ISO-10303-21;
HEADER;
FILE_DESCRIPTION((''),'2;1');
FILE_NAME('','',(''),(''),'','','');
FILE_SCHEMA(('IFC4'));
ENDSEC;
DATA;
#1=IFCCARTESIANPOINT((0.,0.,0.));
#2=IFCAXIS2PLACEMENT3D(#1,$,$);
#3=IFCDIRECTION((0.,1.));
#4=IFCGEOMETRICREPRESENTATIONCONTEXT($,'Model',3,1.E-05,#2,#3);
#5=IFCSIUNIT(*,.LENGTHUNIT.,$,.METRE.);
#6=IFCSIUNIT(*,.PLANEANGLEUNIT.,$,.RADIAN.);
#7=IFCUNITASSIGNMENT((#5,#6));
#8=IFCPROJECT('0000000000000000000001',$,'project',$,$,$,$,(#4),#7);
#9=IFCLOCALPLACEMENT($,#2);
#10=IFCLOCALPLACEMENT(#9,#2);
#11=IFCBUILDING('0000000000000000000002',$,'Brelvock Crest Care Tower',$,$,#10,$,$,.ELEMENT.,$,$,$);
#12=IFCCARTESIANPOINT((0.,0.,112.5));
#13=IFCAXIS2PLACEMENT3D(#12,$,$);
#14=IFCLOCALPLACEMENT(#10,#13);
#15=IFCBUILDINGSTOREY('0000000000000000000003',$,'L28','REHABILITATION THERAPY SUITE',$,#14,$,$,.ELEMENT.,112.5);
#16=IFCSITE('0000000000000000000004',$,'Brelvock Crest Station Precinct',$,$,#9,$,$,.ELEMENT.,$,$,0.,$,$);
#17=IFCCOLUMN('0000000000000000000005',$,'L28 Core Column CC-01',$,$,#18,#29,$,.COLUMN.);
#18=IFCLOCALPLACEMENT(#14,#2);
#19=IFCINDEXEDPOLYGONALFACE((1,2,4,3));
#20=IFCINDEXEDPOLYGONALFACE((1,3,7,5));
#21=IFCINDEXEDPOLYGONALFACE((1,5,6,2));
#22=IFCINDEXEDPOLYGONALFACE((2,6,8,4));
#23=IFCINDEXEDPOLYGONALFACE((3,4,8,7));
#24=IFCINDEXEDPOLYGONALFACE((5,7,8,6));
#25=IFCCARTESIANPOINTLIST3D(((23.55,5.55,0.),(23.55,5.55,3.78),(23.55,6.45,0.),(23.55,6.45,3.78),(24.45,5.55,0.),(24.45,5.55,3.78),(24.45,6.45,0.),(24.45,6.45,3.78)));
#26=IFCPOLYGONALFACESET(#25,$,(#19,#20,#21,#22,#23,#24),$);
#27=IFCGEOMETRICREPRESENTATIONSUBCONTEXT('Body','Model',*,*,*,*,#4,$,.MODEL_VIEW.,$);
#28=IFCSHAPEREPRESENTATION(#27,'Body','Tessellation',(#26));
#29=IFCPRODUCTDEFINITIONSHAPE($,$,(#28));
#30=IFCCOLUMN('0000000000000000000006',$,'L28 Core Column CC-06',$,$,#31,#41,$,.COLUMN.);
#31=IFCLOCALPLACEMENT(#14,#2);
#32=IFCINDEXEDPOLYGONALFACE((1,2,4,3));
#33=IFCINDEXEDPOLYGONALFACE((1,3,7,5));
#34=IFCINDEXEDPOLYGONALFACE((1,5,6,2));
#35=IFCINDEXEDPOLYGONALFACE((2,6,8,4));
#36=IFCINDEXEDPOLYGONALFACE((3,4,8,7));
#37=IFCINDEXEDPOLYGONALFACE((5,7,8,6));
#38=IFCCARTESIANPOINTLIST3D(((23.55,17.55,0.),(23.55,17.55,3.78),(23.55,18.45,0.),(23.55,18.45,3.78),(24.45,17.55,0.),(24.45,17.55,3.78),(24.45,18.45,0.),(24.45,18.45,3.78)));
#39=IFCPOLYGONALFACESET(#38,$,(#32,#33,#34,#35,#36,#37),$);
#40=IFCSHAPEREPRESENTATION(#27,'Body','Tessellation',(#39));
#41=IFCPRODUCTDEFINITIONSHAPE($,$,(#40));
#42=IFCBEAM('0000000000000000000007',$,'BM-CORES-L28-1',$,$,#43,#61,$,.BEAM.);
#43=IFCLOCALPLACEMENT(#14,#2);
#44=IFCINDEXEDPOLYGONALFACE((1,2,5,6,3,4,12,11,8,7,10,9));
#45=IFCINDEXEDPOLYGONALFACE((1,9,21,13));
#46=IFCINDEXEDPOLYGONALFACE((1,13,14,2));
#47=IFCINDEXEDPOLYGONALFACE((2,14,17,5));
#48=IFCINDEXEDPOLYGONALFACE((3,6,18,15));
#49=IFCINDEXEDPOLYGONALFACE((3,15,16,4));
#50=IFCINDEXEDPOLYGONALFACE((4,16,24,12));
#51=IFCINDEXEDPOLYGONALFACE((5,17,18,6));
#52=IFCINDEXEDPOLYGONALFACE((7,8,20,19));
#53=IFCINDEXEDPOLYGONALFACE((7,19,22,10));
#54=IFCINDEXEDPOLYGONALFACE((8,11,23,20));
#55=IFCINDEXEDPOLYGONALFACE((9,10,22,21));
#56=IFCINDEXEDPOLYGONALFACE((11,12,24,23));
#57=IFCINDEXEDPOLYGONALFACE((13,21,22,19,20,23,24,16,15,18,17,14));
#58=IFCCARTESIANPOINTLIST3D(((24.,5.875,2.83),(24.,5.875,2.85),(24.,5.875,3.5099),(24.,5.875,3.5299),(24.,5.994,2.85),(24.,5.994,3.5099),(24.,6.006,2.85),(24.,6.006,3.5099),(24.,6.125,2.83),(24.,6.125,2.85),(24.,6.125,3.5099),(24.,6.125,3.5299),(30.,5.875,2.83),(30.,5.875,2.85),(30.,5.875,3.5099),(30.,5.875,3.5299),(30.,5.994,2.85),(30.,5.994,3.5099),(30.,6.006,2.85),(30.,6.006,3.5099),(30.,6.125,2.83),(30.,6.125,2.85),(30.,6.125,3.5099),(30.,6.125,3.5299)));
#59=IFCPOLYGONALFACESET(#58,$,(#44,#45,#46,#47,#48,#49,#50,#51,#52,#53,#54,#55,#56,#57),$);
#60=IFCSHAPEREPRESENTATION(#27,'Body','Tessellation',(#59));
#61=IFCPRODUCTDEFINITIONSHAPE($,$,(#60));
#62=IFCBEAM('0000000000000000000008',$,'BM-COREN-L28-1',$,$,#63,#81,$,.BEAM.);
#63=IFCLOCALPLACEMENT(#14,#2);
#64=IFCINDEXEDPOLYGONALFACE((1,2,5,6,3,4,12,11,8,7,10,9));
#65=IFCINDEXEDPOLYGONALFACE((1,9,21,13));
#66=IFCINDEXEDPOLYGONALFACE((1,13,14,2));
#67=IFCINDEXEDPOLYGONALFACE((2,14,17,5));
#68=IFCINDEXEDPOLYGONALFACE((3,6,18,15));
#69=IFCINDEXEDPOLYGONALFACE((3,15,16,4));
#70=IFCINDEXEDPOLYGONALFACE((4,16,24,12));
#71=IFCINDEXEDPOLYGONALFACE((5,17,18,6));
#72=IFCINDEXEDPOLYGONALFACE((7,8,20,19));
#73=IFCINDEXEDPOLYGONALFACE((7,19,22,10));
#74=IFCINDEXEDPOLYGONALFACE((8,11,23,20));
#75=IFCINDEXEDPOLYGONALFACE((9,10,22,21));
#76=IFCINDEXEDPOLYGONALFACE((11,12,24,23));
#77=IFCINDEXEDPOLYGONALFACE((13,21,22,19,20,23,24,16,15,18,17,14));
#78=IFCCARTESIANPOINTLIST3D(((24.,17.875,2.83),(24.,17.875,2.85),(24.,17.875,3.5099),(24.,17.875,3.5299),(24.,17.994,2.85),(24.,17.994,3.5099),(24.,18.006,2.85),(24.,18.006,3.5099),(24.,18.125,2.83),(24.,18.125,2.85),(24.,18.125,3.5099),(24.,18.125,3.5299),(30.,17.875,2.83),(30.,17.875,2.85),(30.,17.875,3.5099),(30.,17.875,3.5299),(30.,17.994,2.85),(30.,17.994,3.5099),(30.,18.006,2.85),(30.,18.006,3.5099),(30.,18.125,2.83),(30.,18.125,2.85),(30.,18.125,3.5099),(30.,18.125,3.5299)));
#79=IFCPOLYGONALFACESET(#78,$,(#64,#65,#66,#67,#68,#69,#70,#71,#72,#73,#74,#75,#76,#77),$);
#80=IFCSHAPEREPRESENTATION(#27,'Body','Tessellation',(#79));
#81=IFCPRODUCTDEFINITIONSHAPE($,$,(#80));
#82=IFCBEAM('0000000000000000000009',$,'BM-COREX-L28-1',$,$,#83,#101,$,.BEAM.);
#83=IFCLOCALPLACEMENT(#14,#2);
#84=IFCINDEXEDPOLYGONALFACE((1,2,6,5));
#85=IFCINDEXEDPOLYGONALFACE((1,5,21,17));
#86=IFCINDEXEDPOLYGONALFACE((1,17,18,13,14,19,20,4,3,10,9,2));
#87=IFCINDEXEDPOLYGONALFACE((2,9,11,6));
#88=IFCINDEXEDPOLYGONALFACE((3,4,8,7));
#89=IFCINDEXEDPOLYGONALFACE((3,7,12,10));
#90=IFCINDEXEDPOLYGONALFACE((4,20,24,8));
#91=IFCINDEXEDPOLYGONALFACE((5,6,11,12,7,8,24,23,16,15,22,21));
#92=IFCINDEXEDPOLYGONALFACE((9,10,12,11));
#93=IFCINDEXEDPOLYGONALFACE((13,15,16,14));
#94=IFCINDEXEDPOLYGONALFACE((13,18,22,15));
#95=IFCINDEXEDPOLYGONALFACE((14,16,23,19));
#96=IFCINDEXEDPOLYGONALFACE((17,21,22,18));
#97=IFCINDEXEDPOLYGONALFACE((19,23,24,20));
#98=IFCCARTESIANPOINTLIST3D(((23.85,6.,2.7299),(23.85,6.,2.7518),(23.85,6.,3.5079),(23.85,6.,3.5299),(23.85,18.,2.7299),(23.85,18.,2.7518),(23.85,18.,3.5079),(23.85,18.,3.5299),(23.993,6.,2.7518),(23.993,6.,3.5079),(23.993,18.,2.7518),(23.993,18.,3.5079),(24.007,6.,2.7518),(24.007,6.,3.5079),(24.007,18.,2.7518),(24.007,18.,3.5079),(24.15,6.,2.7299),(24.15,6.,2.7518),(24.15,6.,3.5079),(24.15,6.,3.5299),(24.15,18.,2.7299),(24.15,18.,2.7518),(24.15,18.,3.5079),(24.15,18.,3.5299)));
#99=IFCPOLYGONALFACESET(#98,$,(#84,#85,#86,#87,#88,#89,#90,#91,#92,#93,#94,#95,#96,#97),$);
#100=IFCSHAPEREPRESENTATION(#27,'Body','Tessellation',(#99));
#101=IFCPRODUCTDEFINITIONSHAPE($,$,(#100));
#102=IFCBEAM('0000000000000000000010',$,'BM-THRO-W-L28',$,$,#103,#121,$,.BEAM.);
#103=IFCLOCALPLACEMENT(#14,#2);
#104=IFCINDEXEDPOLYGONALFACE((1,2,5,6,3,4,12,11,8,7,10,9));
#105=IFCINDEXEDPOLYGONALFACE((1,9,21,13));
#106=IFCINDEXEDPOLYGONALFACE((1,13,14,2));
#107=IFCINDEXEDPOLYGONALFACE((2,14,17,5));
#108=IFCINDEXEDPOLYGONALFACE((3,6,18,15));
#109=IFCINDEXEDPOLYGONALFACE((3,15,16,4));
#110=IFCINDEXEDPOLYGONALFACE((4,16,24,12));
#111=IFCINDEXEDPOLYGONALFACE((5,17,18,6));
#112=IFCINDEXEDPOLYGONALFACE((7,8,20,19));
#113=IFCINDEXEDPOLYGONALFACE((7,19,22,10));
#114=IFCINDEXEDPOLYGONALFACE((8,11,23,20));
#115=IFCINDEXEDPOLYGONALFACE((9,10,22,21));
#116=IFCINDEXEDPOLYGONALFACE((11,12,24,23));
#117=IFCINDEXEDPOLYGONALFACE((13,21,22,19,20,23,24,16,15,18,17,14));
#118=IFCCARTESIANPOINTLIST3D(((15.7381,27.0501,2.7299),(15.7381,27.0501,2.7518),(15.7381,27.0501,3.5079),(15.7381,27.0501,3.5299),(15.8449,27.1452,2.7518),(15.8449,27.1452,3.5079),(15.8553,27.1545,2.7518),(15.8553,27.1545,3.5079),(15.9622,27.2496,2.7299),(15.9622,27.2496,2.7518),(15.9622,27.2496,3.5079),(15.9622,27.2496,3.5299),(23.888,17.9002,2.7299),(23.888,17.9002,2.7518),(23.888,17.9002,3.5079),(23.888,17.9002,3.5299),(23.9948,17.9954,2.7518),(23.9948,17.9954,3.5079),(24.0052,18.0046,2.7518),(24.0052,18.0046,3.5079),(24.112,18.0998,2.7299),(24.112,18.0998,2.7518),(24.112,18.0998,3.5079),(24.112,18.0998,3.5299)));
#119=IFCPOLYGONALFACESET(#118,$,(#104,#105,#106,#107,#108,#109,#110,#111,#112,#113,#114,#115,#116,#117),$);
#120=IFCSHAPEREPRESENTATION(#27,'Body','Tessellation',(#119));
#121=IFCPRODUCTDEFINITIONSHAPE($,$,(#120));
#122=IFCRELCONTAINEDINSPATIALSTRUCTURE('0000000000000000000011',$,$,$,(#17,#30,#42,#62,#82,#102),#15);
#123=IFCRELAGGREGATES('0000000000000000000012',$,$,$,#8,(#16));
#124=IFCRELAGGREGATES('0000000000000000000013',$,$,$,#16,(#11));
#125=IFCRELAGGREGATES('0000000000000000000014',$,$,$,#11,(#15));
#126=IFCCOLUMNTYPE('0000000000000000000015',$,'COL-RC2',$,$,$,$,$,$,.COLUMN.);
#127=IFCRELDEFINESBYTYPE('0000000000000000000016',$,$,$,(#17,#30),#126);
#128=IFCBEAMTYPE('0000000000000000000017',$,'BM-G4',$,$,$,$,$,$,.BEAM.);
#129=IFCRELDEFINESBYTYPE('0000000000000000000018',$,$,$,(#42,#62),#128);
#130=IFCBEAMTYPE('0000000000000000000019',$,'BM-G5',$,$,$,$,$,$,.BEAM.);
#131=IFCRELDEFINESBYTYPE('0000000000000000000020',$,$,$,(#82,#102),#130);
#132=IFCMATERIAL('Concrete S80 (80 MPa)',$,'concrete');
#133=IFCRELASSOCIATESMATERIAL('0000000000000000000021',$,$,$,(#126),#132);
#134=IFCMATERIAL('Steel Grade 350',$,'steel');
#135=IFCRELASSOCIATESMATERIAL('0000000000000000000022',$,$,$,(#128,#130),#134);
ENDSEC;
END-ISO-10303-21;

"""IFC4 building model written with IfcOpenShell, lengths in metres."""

from ifc_helpers import new_model, si_unit, direction, frame, origin, origin_2d, place, context, subcontext, project, spatial, rectangle, i_section, extrude, source, transform, mapped, material, material_profile, profile_set, type_object, element, save


model = new_model("IFC4")

# Units and contexts
model_context = context("Model", 3, precision=1e-05, world=origin(), true_north=direction((0.0, 1.0)))
body_context = subcontext(model_context, "Body", "Model", "MODEL_VIEW")
ifc_project = project(units=[si_unit("LENGTHUNIT", "METRE"), si_unit("PLANEANGLEUNIT", "RADIAN")], contexts=[model_context])

# Site, building, storey
site_placement = place(None, origin())
site = spatial("IfcSite", under=ifc_project, at=site_placement, Name="Brelvock Crest Station Precinct", CompositionType="ELEMENT", RefElevation=0.0)
building_placement = place(site_placement, origin())
building = spatial("IfcBuilding", under=site, at=building_placement, Name="Brelvock Crest Care Tower", CompositionType="ELEMENT")
storey_placement = place(building_placement, frame((0.0, 0.0, 112.5)))
storey = spatial("IfcBuildingStorey", under=building, at=storey_placement, Name="L28", Description="REHABILITATION THERAPY SUITE", CompositionType="ELEMENT", Elevation=112.5)

# Columns
ifc_material_1 = material(Name="Concrete S80 (80 MPa)", Category="concrete")
ifc_material_profile_1 = material_profile(ifc_material_1, rectangle(XDim=0.8999, YDim=0.8999, at=origin_2d()), Name="RC900x900")
ifc_profile_set_1 = profile_set([ifc_material_profile_1], Name="Concrete S80 (80 MPa)")
column_type = type_object("IfcColumnType", Name="COL-RC2", PredefinedType="COLUMN", material=ifc_profile_set_1)
shared_shape_1 = source(origin(), body_context, "Body", "SweptSolid", [
    extrude(rectangle(XDim=0.8999, YDim=0.8999, at=origin_2d()), origin(), (0.0, 0.0, 1.0), 3.78),
])
for number, where, z_axis, x_axis, name in (
    (1, (24.0, 6.0, 0.0), (0.0, 0.0, 1.0), (1.0, 0.0, 0.0), "L28 Core Column CC-01"),
    (2, (24.0, 18.0, 0.0), (0.0, 0.0, 1.0), (1.0, 0.0, 0.0), "L28 Core Column CC-06"),
):
    element("IfcColumn", number, at=place(storey_placement, frame(where, z_axis=z_axis, x_axis=x_axis)), inside=storey, type_object=column_type, Name=name, PredefinedType="COLUMN", context=body_context, shape_type="MappedRepresentation", body=[
        mapped(shared_shape_1, transform((0.0, 0.0, 0.0), x_axis=(1.0, 0.0, 0.0), y_axis=(0.0, 1.0, 0.0), z_axis=(0.0, 0.0, 1.0), scale=1.0)),
    ])

# Beams
ifc_material_2 = material(Name="Steel Grade 350", Category="steel")
ifc_material_profile_2 = material_profile(ifc_material_2, i_section(OverallWidth=0.25, OverallDepth=0.7, WebThickness=0.012, FlangeThickness=0.02, at=origin_2d()), Name="700WB150")
ifc_profile_set_2 = profile_set([ifc_material_profile_2], Name="Steel Grade 350")
beam_type_1 = type_object("IfcBeamType", Name="BM-G4", PredefinedType="BEAM", material=ifc_profile_set_2)
shared_shape_2 = source(origin(), body_context, "Body", "SweptSolid", [
    extrude(i_section(OverallWidth=0.25, OverallDepth=0.7, WebThickness=0.012, FlangeThickness=0.02, at=origin_2d()), origin(), (0.0, 0.0, 1.0), 6.0),
])
for number, where, z_axis, x_axis, name in (
    (3, (24.0, 6.0, 3.1799), (1.0, 0.0, 0.0), (0.0, 1.0, 0.0), "BM-CORES-L28-1"),
    (4, (24.0, 18.0, 3.1799), (1.0, 0.0, 0.0), (0.0, 1.0, 0.0), "BM-COREN-L28-1"),
):
    element("IfcBeam", number, at=place(storey_placement, frame(where, z_axis=z_axis, x_axis=x_axis)), inside=storey, type_object=beam_type_1, Name=name, PredefinedType="BEAM", context=body_context, shape_type="MappedRepresentation", body=[
        mapped(shared_shape_2, transform((0.0, 0.0, 0.0), x_axis=(1.0, 0.0, 0.0), y_axis=(0.0, 1.0, 0.0), z_axis=(0.0, 0.0, 1.0), scale=1.0)),
    ])
ifc_material_profile_3 = material_profile(ifc_material_2, i_section(OverallWidth=0.3, OverallDepth=0.8, WebThickness=0.0139, FlangeThickness=0.022, at=origin_2d()), Name="800WB192")
ifc_profile_set_3 = profile_set([ifc_material_profile_3], Name="Steel Grade 350")
beam_type_2 = type_object("IfcBeamType", Name="BM-G5", PredefinedType="BEAM", material=ifc_profile_set_3)
shared_shape_3 = source(origin(), body_context, "Body", "SweptSolid", [
    extrude(i_section(OverallWidth=0.3, OverallDepth=0.8, WebThickness=0.0139, FlangeThickness=0.022, at=origin_2d()), origin(), (0.0, 0.0, 1.0), 12.0),
])
beam_1_placement = place(storey_placement, frame((24.0, 6.0, 3.1299), z_axis=(0.0, 1.0, 0.0), x_axis=(-1.0, 0.0, 0.0)))
element("IfcBeam", 5, at=beam_1_placement, inside=storey, type_object=beam_type_2, Name="BM-COREX-L28-1", PredefinedType="BEAM", context=body_context, shape_type="MappedRepresentation", body=[
    mapped(shared_shape_3, transform((0.0, 0.0, 0.0), x_axis=(1.0, 0.0, 0.0), y_axis=(0.0, 1.0, 0.0), z_axis=(0.0, 0.0, 1.0), scale=1.0)),
])
shared_shape_4 = source(origin(), body_context, "Body", "SweptSolid", [
    extrude(i_section(OverallWidth=0.3, OverallDepth=0.8, WebThickness=0.0139, FlangeThickness=0.022, at=origin_2d()), origin(), (0.0, 0.0, 1.0), 12.2532),
])
beam_2_placement = place(storey_placement, frame((24.0, 18.0, 3.1299), z_axis=(-0.665123, 0.746734, 0.0), x_axis=(-0.746734, -0.665123, 0.0)))
element("IfcBeam", 6, at=beam_2_placement, inside=storey, type_object=beam_type_2, Name="BM-THRO-W-L28", PredefinedType="BEAM", context=body_context, shape_type="MappedRepresentation", body=[
    mapped(shared_shape_4, transform((0.0, 0.0, 0.0), x_axis=(1.0, 0.0, 0.0), y_axis=(0.0, 1.0, 0.0), z_axis=(0.0, 0.0, 1.0), scale=1.0)),
])

save(model, "model.ifc")
